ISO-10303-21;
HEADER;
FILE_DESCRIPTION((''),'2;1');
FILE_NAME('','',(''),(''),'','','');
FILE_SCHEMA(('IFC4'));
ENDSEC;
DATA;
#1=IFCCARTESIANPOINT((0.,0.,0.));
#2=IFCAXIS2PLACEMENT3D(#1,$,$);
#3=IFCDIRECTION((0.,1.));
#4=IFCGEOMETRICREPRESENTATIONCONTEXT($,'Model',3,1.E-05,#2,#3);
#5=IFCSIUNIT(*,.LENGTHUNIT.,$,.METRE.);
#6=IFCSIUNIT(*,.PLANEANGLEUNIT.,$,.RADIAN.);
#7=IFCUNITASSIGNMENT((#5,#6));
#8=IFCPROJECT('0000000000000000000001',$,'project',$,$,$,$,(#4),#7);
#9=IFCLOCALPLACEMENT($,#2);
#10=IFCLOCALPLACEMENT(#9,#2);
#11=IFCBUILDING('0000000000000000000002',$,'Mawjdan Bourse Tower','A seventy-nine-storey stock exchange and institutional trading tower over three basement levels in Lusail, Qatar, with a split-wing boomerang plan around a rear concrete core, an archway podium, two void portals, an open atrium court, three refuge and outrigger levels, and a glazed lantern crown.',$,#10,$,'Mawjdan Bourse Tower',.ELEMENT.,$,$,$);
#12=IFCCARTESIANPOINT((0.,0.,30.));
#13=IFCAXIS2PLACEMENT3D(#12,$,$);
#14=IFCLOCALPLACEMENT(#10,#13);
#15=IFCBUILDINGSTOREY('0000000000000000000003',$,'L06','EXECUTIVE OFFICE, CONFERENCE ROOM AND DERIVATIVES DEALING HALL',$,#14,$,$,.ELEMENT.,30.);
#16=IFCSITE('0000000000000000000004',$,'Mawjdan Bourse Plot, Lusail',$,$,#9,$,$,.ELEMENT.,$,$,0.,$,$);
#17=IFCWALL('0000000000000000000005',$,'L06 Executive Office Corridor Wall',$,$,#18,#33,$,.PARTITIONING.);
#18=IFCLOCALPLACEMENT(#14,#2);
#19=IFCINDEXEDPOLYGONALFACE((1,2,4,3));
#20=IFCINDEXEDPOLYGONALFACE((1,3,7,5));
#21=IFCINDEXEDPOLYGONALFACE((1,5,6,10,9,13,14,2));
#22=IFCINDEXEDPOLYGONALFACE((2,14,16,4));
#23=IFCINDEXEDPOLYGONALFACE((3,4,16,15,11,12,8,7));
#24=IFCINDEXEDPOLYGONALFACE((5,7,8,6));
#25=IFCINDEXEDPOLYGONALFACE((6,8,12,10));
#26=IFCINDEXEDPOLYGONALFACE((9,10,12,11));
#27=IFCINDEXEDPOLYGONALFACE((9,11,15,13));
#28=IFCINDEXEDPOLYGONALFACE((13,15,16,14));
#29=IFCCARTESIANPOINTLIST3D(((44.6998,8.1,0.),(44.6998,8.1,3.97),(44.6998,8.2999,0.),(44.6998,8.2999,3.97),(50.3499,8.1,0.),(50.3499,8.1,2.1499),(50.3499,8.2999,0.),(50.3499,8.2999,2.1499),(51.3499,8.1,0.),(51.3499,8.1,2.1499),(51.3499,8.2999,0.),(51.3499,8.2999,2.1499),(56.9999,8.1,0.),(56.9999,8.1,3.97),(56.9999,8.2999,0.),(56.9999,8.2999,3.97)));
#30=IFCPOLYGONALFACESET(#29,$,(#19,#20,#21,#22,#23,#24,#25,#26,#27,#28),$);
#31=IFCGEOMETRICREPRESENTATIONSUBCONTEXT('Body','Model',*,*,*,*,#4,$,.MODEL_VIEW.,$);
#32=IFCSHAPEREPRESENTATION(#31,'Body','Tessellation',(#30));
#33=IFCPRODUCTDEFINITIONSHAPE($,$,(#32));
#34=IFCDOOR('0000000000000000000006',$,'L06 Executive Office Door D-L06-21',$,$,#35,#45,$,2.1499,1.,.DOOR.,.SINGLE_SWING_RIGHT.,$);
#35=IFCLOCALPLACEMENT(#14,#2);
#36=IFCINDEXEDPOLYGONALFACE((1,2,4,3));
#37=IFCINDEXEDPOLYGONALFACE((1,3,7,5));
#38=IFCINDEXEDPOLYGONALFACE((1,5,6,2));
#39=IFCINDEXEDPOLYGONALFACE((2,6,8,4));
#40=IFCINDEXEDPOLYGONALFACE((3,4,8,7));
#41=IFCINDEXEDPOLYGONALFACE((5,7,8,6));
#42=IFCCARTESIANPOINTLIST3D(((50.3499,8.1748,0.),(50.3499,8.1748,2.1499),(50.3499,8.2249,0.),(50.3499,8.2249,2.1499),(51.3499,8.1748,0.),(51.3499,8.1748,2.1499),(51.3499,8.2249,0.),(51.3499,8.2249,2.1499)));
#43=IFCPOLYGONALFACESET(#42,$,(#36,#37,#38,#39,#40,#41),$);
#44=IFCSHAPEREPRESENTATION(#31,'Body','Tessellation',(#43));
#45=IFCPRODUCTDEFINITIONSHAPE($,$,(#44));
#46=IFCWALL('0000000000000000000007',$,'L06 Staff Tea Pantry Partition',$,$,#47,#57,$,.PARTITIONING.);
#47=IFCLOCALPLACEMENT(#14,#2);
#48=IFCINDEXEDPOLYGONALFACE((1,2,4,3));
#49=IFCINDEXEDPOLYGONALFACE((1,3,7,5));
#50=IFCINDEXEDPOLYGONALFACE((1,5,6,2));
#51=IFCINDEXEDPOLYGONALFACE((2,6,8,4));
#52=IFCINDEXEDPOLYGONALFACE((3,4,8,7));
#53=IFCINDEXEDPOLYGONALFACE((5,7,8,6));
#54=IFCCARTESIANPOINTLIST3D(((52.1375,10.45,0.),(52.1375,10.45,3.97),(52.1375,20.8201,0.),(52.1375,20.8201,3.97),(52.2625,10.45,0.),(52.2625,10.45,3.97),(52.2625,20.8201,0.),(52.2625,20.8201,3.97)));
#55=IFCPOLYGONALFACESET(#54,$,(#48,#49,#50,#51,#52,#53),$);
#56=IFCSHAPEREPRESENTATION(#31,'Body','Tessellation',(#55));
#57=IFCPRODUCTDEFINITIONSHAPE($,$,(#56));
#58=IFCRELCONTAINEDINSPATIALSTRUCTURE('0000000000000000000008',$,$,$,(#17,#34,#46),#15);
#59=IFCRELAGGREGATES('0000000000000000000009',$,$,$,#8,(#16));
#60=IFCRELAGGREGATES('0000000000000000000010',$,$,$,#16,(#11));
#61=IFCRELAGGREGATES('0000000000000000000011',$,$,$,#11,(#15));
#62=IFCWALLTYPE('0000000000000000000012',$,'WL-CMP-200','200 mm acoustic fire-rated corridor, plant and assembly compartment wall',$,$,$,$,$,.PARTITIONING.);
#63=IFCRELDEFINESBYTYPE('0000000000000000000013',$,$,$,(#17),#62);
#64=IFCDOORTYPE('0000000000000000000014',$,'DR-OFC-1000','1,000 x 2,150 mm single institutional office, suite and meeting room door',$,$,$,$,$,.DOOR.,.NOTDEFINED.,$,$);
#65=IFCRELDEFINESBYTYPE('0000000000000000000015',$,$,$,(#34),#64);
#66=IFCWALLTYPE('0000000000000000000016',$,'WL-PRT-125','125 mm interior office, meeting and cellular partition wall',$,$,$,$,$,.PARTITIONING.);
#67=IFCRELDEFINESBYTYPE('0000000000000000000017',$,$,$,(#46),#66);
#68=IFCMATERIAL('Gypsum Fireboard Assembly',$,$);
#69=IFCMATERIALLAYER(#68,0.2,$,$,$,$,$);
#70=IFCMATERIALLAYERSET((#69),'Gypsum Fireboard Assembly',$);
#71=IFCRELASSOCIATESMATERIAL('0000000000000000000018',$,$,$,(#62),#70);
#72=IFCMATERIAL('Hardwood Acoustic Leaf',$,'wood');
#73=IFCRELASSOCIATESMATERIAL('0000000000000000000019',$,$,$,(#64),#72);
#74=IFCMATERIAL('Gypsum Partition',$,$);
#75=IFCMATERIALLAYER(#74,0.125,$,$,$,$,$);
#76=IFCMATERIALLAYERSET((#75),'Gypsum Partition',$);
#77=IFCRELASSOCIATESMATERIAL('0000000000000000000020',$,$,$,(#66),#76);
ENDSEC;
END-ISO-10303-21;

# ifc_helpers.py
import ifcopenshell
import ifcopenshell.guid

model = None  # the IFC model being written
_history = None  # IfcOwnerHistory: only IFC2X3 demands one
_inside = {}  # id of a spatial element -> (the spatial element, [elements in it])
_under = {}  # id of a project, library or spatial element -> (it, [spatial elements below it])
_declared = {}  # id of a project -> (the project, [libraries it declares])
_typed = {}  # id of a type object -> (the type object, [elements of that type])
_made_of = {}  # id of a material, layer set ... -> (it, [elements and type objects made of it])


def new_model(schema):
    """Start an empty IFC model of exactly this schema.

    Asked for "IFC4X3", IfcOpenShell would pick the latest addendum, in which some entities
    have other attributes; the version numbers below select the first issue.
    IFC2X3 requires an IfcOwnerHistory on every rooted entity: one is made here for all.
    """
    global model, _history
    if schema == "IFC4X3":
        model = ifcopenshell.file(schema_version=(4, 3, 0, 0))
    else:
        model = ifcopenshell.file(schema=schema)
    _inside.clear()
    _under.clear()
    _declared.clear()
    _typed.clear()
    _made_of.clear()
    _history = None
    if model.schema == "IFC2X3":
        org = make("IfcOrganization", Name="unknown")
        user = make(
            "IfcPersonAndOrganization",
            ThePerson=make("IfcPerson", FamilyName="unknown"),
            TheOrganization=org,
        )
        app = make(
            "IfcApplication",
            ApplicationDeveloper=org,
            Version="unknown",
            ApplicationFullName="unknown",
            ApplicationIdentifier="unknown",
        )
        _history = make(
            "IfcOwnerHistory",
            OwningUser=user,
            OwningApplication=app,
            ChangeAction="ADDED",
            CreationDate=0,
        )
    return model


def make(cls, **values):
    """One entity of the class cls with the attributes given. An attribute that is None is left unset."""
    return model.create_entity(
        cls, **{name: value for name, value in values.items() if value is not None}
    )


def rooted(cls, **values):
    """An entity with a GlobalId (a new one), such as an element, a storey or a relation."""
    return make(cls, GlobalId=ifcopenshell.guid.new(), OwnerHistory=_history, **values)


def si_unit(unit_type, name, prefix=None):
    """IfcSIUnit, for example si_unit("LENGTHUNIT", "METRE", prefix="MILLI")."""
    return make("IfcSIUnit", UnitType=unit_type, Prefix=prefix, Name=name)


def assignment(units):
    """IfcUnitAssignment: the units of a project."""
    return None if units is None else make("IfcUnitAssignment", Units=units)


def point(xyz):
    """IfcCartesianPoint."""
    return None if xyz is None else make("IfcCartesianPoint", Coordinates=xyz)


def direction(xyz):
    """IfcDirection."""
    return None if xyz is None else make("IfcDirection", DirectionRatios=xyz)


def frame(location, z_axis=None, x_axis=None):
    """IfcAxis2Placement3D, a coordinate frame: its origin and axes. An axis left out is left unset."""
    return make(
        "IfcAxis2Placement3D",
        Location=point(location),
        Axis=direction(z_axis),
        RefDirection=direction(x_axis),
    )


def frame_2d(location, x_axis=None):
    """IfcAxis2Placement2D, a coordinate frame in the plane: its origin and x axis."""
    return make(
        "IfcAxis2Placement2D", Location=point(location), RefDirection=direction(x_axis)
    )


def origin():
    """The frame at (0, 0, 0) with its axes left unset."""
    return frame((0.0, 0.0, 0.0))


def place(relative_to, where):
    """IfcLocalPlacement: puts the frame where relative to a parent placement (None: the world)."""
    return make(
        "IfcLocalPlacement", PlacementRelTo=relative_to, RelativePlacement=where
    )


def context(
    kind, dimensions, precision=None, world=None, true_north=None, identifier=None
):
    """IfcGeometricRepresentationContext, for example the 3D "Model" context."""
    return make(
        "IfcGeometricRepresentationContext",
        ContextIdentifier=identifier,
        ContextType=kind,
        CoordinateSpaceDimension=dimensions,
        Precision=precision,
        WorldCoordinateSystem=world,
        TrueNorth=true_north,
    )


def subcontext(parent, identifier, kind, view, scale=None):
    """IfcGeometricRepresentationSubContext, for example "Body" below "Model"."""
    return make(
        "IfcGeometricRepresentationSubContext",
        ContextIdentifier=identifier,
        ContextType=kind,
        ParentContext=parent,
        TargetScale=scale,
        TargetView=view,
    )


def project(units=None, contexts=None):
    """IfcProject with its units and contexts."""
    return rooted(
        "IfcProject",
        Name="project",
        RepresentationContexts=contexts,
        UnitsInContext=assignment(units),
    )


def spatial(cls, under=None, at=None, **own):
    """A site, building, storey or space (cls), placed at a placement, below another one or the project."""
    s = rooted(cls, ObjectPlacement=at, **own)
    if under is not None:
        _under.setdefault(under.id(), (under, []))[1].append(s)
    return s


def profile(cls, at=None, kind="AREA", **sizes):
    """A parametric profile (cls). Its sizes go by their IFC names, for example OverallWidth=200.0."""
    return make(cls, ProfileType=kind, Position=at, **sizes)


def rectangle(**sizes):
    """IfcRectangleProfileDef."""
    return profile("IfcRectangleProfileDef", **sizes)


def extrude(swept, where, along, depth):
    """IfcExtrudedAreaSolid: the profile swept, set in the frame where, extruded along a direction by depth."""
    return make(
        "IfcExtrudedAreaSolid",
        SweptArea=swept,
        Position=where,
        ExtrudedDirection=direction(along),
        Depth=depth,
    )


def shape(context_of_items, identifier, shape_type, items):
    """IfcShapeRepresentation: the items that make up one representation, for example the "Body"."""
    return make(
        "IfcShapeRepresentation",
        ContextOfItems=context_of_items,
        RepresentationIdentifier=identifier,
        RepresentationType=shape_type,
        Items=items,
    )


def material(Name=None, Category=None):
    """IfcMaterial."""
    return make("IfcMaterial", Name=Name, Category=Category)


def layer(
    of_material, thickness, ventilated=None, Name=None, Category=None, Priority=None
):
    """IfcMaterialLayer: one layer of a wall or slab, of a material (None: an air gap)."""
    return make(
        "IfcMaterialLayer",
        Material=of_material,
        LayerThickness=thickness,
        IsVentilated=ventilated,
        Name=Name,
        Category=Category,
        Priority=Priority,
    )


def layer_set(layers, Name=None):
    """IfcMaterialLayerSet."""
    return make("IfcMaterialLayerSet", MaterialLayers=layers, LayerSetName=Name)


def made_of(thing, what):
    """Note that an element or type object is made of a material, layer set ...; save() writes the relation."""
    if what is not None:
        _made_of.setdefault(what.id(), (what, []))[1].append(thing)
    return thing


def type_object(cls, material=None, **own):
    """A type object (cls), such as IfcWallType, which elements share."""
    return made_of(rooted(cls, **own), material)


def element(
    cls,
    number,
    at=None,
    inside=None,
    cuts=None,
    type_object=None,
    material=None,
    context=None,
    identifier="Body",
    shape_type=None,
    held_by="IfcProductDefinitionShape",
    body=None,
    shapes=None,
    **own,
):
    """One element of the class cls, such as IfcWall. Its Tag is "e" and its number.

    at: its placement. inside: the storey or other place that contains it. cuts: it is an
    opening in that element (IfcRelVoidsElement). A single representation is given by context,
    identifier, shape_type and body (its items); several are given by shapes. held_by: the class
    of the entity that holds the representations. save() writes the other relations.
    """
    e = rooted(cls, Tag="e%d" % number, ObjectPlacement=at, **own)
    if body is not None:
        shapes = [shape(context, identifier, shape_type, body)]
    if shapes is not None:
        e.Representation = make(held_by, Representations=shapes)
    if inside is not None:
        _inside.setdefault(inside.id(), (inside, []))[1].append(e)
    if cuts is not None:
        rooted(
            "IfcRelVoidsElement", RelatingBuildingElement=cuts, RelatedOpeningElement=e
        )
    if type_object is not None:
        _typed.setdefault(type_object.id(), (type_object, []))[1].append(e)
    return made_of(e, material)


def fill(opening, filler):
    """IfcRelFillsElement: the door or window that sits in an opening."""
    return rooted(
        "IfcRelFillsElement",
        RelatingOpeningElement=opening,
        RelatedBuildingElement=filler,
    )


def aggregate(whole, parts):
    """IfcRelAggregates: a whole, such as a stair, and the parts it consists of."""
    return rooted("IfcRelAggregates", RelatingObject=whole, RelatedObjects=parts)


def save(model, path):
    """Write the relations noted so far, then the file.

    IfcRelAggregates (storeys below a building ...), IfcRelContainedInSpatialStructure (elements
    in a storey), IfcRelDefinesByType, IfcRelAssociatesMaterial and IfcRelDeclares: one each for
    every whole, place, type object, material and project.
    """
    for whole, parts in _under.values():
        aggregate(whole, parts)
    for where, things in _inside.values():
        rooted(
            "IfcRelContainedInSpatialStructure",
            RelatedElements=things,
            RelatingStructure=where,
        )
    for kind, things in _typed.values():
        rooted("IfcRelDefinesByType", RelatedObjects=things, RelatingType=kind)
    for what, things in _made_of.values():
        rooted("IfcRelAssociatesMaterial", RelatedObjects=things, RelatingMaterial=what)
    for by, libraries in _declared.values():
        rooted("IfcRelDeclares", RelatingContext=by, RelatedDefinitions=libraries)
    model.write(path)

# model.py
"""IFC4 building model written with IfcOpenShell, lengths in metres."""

from ifc_helpers import new_model, si_unit, direction, frame, frame_2d, origin, place, context, subcontext, project, spatial, rectangle, extrude, material, layer, layer_set, type_object, element, fill, save


model = new_model("IFC4")

# Units and contexts
model_context = context("Model", 3, precision=1e-05, world=origin(), true_north=direction((0.0, 1.0)))
body_context = subcontext(model_context, "Body", "Model", "MODEL_VIEW")
ifc_project = project(units=[si_unit("LENGTHUNIT", "METRE"), si_unit("PLANEANGLEUNIT", "RADIAN")], contexts=[model_context])

# Site, building, storey
site_placement = place(None, origin())
site = spatial("IfcSite", under=ifc_project, at=site_placement, Name="Mawjdan Bourse Plot, Lusail", CompositionType="ELEMENT", RefElevation=0.0)
building_placement = place(site_placement, origin())
building = spatial("IfcBuilding", under=site, at=building_placement, Name="Mawjdan Bourse Tower", Description="A seventy-nine-storey stock exchange and institutional trading tower over three basement levels in Lusail, Qatar, with a split-wing boomerang plan around a rear concrete core, an archway podium, two void portals, an open atrium court, three refuge and outrigger levels, and a glazed lantern crown.", LongName="Mawjdan Bourse Tower", CompositionType="ELEMENT")
storey_placement = place(building_placement, frame((0.0, 0.0, 30.0)))
storey = spatial("IfcBuildingStorey", under=building, at=storey_placement, Name="L06", Description="EXECUTIVE OFFICE, CONFERENCE ROOM AND DERIVATIVES DEALING HALL", CompositionType="ELEMENT", Elevation=30.0)

# Wall, opening, door
ifc_material_1 = material(Name="Gypsum Fireboard Assembly")
ifc_layer_1 = layer(ifc_material_1, 0.2)
ifc_layer_set_1 = layer_set([ifc_layer_1], Name="Gypsum Fireboard Assembly")
wall_type_1 = type_object("IfcWallType", Name="WL-CMP-200", Description="200 mm acoustic fire-rated corridor, plant and assembly compartment wall", PredefinedType="PARTITIONING", material=ifc_layer_set_1)
wall_1_placement = place(storey_placement, frame((44.7, 8.2, 0.0), z_axis=(0.0, 0.0, 1.0), x_axis=(1.0, 0.0, 0.0)))
wall_1 = element("IfcWall", 1, at=wall_1_placement, inside=storey, type_object=wall_type_1, Name="L06 Executive Office Corridor Wall", PredefinedType="PARTITIONING", context=body_context, shape_type="SweptSolid", body=[
    extrude(rectangle(XDim=12.3, YDim=0.2, at=frame_2d((6.1499, 0.0))), origin(), (0.0, 0.0, 1.0), 3.97),
])
opening_1_placement = place(wall_1_placement, frame((5.6499, 0.0, 0.0)))
opening_1 = element("IfcOpeningElement", 2, at=opening_1_placement, cuts=wall_1, PredefinedType="OPENING", context=body_context, shape_type="SweptSolid", body=[
    extrude(rectangle(XDim=1.0, YDim=2.1499, at=frame_2d((0.5, 1.075))), frame((0.0, 0.1099, 0.0), z_axis=(0.0, -1.0, 0.0), x_axis=(1.0, 0.0, 0.0)), (0.0, 0.0, 1.0), 0.22),
])
ifc_material_2 = material(Name="Hardwood Acoustic Leaf", Category="wood")
door_type = type_object("IfcDoorType", Name="DR-OFC-1000", Description="1,000 x 2,150 mm single institutional office, suite and meeting room door", OperationType="NOTDEFINED", PredefinedType="DOOR", material=ifc_material_2)
door_1_placement = place(opening_1_placement, origin())
door_1 = element("IfcDoor", 3, at=door_1_placement, inside=storey, type_object=door_type, Name="L06 Executive Office Door D-L06-21", OperationType="SINGLE_SWING_RIGHT", OverallHeight=2.1499, OverallWidth=1.0, PredefinedType="DOOR", context=body_context, shape_type="SweptSolid", body=[
    extrude(rectangle(XDim=1.0, YDim=2.1499, at=frame_2d((0.5, 1.075))), frame((0.0, 0.0249, 0.0), z_axis=(0.0, -1.0, 0.0), x_axis=(1.0, 0.0, 0.0)), (0.0, 0.0, 1.0), 0.05),
])
fill(opening_1, door_1)

# Wall
ifc_material_3 = material(Name="Gypsum Partition")
ifc_layer_2 = layer(ifc_material_3, 0.125)
ifc_layer_set_2 = layer_set([ifc_layer_2], Name="Gypsum Partition")
wall_type_2 = type_object("IfcWallType", Name="WL-PRT-125", Description="125 mm interior office, meeting and cellular partition wall", PredefinedType="PARTITIONING", material=ifc_layer_set_2)
wall_2_placement = place(storey_placement, frame((52.2, 10.45, 0.0), z_axis=(0.0, 0.0, 1.0), x_axis=(0.0, 1.0, 0.0)))
element("IfcWall", 4, at=wall_2_placement, inside=storey, type_object=wall_type_2, Name="L06 Staff Tea Pantry Partition", PredefinedType="PARTITIONING", context=body_context, shape_type="SweptSolid", body=[
    extrude(rectangle(XDim=10.3701, YDim=0.125, at=frame_2d((5.1851, 0.0))), origin(), (0.0, 0.0, 1.0), 3.97),
])

save(model, "model.ifc")
